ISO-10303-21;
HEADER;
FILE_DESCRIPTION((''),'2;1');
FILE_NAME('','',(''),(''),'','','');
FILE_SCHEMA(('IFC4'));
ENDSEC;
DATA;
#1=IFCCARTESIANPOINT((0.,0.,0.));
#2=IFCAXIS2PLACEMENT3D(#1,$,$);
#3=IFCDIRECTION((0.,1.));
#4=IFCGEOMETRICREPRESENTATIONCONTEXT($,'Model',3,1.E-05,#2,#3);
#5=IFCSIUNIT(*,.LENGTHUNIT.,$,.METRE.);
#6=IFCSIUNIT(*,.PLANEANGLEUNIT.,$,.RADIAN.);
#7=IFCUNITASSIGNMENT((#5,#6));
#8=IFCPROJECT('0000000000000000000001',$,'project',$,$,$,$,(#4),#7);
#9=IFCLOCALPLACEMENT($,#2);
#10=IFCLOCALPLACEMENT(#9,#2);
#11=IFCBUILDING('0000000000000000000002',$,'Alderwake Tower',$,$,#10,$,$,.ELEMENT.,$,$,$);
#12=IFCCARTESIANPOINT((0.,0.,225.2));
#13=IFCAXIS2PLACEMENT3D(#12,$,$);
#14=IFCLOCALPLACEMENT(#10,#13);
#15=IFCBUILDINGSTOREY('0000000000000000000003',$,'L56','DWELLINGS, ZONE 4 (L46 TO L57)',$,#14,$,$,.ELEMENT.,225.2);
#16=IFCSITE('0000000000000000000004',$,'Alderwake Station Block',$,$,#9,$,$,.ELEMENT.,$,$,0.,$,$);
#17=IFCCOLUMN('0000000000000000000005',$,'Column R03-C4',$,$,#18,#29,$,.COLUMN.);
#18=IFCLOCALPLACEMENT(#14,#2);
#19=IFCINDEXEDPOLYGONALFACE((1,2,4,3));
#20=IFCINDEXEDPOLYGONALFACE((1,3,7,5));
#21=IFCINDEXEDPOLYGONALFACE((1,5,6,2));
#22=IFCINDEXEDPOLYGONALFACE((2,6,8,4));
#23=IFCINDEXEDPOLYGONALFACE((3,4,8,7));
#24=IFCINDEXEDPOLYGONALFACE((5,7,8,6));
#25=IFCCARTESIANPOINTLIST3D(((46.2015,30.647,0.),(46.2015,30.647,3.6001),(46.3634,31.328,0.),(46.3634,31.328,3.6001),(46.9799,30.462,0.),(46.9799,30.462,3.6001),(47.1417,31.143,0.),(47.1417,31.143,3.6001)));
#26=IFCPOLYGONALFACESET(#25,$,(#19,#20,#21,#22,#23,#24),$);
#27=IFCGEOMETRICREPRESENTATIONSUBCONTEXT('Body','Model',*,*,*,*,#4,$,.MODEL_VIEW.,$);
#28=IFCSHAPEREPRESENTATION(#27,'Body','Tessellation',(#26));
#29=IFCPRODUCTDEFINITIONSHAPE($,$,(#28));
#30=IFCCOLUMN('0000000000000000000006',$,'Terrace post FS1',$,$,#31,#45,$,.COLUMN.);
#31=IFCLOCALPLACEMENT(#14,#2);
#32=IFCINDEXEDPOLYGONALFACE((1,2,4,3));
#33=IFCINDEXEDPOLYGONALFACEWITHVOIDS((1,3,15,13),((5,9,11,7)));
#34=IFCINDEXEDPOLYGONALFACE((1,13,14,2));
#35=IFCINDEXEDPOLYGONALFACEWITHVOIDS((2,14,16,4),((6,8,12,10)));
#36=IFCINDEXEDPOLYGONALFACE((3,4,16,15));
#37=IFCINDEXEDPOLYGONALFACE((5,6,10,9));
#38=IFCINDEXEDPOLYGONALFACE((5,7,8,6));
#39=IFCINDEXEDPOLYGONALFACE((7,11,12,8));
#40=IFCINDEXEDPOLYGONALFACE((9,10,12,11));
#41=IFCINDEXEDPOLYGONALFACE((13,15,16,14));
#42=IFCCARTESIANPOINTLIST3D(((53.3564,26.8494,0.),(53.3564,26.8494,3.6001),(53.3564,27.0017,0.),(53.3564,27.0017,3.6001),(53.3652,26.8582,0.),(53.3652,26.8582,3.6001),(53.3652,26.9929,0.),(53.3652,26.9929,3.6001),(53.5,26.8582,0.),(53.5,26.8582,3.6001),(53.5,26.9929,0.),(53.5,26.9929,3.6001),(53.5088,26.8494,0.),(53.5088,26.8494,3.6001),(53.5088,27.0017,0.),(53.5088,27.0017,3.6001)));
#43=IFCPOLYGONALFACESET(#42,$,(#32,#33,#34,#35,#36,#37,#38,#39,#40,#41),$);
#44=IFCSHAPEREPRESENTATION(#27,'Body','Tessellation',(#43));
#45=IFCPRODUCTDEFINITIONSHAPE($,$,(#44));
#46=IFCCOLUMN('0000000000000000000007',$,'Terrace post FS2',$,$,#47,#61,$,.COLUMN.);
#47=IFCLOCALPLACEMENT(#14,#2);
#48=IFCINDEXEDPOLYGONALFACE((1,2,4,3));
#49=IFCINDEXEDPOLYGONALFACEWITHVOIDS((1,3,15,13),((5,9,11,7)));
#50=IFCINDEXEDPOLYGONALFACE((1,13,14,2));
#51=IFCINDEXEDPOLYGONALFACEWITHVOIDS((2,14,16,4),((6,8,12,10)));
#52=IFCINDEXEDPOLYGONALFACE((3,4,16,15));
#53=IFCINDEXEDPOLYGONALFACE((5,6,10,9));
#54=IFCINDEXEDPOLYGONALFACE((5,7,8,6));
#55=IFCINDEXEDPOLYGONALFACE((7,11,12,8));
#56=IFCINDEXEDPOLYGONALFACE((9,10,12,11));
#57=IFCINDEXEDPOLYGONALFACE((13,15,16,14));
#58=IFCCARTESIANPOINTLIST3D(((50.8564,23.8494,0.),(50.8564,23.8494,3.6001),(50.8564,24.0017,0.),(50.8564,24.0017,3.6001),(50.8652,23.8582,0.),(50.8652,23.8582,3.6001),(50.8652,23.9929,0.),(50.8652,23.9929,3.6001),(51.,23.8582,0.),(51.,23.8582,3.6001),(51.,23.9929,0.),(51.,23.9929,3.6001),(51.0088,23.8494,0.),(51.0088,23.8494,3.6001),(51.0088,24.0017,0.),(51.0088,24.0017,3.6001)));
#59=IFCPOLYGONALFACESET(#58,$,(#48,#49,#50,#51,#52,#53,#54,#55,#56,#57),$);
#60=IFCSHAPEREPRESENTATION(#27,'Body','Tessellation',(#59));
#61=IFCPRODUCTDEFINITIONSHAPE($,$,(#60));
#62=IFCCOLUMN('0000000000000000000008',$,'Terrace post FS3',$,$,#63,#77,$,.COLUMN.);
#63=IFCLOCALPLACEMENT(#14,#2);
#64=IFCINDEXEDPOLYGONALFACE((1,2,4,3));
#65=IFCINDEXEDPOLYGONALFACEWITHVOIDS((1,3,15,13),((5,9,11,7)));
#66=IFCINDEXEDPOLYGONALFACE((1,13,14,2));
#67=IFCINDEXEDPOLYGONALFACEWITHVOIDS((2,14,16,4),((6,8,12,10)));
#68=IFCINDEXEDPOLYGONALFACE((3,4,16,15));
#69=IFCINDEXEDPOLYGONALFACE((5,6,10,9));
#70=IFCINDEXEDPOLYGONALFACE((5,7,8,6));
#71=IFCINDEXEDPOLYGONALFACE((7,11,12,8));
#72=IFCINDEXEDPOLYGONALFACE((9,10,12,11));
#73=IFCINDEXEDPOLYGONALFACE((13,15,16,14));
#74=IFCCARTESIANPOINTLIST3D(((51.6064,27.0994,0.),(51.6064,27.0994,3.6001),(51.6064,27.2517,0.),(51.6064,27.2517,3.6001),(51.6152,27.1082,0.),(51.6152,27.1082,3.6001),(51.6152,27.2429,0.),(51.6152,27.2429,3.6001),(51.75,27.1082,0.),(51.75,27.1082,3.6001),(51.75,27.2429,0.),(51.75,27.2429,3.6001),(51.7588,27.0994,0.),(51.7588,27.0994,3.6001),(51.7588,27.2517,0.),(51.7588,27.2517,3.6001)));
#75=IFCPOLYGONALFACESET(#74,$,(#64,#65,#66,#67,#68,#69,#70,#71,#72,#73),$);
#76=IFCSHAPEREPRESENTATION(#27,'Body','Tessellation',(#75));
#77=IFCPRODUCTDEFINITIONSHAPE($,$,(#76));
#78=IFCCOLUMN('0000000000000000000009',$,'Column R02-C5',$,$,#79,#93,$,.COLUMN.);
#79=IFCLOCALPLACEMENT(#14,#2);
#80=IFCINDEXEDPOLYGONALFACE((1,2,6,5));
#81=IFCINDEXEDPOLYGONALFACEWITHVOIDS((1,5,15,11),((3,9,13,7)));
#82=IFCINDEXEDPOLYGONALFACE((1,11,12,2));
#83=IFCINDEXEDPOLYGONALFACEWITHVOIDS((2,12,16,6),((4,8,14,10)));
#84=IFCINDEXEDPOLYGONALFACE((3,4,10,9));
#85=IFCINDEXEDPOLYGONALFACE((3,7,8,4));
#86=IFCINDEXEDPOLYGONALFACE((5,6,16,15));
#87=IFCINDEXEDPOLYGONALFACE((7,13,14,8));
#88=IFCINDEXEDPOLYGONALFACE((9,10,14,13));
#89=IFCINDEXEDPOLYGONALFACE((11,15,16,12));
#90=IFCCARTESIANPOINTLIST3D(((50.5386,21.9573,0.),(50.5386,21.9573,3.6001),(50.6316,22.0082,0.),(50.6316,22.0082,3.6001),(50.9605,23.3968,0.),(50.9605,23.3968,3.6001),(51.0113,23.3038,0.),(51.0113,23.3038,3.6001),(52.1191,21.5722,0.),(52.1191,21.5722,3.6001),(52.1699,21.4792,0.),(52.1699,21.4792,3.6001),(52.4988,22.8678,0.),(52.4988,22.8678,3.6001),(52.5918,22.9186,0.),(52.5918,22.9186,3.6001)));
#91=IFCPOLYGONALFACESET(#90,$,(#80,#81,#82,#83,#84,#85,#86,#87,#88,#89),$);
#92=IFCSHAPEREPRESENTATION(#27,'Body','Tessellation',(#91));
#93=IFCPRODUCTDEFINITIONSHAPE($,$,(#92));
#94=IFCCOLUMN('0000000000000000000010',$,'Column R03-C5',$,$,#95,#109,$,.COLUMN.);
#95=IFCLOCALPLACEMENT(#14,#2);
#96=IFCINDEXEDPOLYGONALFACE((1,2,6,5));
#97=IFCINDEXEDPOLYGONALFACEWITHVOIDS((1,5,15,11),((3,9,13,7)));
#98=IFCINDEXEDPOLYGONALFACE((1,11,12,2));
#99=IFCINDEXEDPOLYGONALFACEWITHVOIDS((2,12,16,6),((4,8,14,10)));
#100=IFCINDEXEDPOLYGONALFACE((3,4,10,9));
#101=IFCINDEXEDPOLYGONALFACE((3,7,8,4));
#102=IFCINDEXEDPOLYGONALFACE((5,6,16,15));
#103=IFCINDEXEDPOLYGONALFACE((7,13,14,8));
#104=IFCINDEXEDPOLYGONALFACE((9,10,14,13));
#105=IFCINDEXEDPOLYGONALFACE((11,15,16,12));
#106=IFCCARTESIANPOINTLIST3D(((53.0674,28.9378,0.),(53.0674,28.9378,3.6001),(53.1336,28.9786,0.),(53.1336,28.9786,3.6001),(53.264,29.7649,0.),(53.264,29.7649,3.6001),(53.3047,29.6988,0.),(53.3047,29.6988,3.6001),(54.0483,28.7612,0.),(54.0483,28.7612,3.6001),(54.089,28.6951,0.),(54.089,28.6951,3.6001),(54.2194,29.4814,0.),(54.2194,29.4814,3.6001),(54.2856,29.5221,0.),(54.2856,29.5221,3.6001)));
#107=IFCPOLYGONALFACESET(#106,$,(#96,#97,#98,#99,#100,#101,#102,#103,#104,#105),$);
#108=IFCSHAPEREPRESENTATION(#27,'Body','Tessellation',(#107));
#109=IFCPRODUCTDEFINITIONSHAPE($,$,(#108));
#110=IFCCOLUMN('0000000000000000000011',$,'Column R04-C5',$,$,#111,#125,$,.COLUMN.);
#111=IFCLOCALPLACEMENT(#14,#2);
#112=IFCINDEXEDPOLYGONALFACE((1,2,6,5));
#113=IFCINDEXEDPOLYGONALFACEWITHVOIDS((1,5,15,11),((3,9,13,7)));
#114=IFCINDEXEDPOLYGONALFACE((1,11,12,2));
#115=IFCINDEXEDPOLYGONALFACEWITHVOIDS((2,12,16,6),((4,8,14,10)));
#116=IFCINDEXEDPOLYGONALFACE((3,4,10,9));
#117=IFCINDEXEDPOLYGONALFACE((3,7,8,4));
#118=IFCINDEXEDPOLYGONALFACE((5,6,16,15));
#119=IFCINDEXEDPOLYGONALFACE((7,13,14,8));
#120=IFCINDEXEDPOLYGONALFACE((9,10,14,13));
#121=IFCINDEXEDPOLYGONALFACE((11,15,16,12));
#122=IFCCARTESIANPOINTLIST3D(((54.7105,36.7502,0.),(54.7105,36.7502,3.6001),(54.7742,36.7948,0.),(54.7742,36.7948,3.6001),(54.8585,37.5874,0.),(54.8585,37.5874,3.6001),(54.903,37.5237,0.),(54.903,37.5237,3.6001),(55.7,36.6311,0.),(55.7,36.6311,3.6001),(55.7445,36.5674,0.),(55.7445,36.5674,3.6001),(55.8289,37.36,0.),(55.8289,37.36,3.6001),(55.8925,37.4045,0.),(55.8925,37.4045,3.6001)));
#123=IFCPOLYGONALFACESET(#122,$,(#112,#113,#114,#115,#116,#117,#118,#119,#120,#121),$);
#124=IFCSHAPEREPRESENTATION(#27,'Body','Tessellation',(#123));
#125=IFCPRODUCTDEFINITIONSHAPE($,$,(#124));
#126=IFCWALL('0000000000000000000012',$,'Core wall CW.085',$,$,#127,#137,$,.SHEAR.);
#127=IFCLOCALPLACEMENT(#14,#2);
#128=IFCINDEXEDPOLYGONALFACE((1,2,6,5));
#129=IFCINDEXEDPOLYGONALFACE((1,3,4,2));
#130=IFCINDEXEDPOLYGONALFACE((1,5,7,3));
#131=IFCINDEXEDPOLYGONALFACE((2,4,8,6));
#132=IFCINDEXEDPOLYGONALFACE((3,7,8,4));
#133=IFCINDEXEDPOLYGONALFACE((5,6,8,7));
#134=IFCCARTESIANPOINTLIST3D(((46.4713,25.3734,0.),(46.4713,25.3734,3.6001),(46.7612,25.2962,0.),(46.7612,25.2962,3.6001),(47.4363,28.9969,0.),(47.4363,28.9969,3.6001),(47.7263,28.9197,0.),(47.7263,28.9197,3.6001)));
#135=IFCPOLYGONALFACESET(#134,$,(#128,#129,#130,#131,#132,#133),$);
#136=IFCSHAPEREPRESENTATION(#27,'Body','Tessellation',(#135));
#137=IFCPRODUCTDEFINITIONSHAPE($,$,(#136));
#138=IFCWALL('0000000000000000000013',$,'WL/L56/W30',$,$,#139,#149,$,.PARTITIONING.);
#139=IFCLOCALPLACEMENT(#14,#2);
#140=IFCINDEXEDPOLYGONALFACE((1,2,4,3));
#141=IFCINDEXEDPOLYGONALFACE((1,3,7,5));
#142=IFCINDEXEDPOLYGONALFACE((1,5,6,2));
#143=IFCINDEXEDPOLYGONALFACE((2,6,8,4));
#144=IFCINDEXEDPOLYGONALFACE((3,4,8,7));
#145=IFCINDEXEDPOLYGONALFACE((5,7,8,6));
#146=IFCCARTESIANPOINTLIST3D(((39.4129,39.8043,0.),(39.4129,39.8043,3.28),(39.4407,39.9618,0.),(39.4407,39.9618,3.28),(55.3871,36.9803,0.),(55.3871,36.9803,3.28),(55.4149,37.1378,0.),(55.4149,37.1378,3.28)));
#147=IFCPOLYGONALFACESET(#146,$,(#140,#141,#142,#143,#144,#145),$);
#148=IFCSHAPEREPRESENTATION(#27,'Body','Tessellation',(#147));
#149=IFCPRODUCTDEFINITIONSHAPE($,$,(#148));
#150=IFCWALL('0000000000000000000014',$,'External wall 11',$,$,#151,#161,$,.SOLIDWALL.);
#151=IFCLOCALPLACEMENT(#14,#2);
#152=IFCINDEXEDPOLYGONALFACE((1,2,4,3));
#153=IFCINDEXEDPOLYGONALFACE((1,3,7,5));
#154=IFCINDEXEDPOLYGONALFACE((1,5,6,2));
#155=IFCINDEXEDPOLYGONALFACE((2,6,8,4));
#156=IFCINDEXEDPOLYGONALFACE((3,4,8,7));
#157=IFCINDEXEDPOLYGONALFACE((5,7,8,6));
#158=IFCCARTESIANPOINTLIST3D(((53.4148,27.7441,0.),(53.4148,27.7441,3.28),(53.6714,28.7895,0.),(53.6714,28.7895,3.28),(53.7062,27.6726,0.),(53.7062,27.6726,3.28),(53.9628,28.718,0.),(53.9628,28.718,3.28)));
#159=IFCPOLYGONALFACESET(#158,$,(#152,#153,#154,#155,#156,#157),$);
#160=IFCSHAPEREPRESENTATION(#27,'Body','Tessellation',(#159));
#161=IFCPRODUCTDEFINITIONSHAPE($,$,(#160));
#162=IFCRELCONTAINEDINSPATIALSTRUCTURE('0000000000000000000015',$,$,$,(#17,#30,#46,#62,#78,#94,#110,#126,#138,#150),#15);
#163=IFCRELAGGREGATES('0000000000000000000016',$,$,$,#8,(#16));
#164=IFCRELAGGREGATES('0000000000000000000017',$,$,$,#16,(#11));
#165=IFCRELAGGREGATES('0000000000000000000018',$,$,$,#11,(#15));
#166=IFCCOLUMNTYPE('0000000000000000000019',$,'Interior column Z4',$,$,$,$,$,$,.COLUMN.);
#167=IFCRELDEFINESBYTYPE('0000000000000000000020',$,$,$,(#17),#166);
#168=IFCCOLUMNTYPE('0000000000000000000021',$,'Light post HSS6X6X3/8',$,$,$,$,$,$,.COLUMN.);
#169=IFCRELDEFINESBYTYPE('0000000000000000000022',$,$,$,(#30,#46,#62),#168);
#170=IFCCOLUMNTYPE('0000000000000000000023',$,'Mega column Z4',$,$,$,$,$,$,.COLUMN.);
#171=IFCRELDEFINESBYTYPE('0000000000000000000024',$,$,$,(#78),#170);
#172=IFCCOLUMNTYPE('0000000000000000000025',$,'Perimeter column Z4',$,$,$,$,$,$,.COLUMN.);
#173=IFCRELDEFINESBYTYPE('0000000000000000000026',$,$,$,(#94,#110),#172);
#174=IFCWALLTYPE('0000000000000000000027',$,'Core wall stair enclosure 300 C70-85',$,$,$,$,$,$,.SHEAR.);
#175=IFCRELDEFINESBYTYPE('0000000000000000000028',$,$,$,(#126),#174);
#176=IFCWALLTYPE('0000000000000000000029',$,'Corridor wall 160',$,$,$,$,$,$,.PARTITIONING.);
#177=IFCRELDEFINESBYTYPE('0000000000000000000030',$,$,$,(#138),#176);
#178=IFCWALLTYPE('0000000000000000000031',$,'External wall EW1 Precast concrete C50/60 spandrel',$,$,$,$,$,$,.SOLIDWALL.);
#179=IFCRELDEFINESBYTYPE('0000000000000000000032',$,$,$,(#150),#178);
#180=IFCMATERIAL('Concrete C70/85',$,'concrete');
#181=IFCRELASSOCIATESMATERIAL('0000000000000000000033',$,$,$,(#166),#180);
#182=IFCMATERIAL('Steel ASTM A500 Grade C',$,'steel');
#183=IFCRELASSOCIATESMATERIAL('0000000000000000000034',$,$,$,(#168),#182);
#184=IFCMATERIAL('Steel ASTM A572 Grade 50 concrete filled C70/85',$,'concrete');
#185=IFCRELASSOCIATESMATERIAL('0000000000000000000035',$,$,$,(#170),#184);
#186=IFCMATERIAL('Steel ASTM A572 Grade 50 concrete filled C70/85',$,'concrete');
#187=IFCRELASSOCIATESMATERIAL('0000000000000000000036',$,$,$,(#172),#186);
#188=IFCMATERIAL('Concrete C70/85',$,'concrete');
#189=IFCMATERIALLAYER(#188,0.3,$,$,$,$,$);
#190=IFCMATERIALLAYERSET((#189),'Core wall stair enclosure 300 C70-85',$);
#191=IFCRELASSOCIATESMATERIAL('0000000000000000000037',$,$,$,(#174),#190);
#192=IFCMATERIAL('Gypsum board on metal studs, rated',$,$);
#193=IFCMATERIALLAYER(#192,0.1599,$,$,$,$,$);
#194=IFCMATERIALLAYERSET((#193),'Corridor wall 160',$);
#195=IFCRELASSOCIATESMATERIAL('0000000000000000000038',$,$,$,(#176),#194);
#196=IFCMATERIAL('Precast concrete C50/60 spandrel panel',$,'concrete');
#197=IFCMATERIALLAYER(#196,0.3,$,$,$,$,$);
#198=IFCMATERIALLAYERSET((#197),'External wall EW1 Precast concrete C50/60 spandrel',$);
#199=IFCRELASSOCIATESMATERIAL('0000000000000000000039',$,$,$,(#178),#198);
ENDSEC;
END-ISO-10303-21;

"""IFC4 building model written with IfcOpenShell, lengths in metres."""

from ifc_helpers import new_model, si_unit, direction, frame, frame_2d, origin, origin_2d, place, context, subcontext, project, spatial, rectangle, hollow_rectangle, extrude, material, layer, layer_set, material_profile, profile_set, type_object, element, save


model = new_model("IFC4")

# Units and contexts
model_context = context("Model", 3, precision=1e-05, world=origin(), true_north=direction((0.0, 1.0)))
body_context = subcontext(model_context, "Body", "Model", "MODEL_VIEW")
ifc_project = project(units=[si_unit("LENGTHUNIT", "METRE"), si_unit("PLANEANGLEUNIT", "RADIAN")], contexts=[model_context])

# Site, building, storey
site_placement = place(None, origin())
site = spatial("IfcSite", under=ifc_project, at=site_placement, Name="Alderwake Station Block", CompositionType="ELEMENT", RefElevation=0.0)
building_placement = place(site_placement, origin())
building = spatial("IfcBuilding", under=site, at=building_placement, Name="Alderwake Tower", CompositionType="ELEMENT")
storey_placement = place(building_placement, frame((0.0, 0.0, 225.2)))
storey = spatial("IfcBuildingStorey", under=building, at=storey_placement, Name="L56", Description="DWELLINGS, ZONE 4 (L46 TO L57)", CompositionType="ELEMENT", Elevation=225.2)

# Columns
ifc_material_1 = material(Name="Concrete C70/85", Category="concrete")
ifc_material_profile_1 = material_profile(ifc_material_1, rectangle(XDim=0.7, YDim=0.8, at=origin_2d()), Name="RC 800X700")
ifc_profile_set_1 = profile_set([ifc_material_profile_1], Name="Concrete C70/85")
column_type_1 = type_object("IfcColumnType", Name="Interior column Z4", PredefinedType="COLUMN", material=ifc_profile_set_1)
column_1_placement = place(storey_placement, frame((46.6716, 30.895, 0.0), z_axis=(0.0, 0.0, 1.0), x_axis=(0.231222, 0.972901, 0.0)))
element("IfcColumn", 1, at=column_1_placement, inside=storey, type_object=column_type_1, Name="Column R03-C4", PredefinedType="COLUMN", context=body_context, shape_type="SweptSolid", body=[
    extrude(rectangle(XDim=0.7, YDim=0.8, at=origin_2d()), origin(), (0.0, 0.0, 1.0), 3.6001),
])
ifc_material_2 = material(Name="Steel ASTM A500 Grade C", Category="steel")
ifc_material_profile_2 = material_profile(ifc_material_2, hollow_rectangle(XDim=0.1523, YDim=0.1523, WallThickness=0.0088, at=origin_2d()), Name="HSS6X6X3/8")
ifc_profile_set_2 = profile_set([ifc_material_profile_2], Name="Steel ASTM A500 Grade C")
column_type_2 = type_object("IfcColumnType", Name="Light post HSS6X6X3/8", PredefinedType="COLUMN", material=ifc_profile_set_2)
for number, where, z_axis, x_axis, name in (
    (2, (53.4326, 26.9255, 0.0), (0.0, 0.0, 1.0), (1.0, 0.0, 0.0), "Terrace post FS1"),
    (3, (50.9326, 23.9255, 0.0), (0.0, 0.0, 1.0), (1.0, 0.0, 0.0), "Terrace post FS2"),
    (4, (51.6826, 27.1755, 0.0), (0.0, 0.0, 1.0), (1.0, 0.0, 0.0), "Terrace post FS3"),
):
    element("IfcColumn", number, at=place(storey_placement, frame(where, z_axis=z_axis, x_axis=x_axis)), inside=storey, type_object=column_type_2, Name=name, PredefinedType="COLUMN", context=body_context, shape_type="SweptSolid", body=[
        extrude(hollow_rectangle(XDim=0.1523, YDim=0.1523, WallThickness=0.0088, at=origin_2d()), origin(), (0.0, 0.0, 1.0), 3.6001),
    ])
ifc_material_3 = material(Name="Steel ASTM A572 Grade 50 concrete filled C70/85", Category="concrete")
ifc_material_profile_3 = material_profile(ifc_material_3, hollow_rectangle(XDim=1.5, YDim=1.7, WallThickness=0.075, at=origin_2d()), Name="BOX 1700X1500X75")
ifc_profile_set_3 = profile_set([ifc_material_profile_3], Name="Steel ASTM A572 Grade 50 concrete filled C70/85")
column_type_3 = type_object("IfcColumnType", Name="Mega column Z4", PredefinedType="COLUMN", material=ifc_profile_set_3)
column_2_placement = place(storey_placement, frame((51.5652, 22.438, 0.0), z_axis=(0.0, 0.0, 1.0), x_axis=(0.28127, 0.959629, 0.0)))
element("IfcColumn", 5, at=column_2_placement, inside=storey, type_object=column_type_3, Name="Column R02-C5", PredefinedType="COLUMN", context=body_context, shape_type="SweptSolid", body=[
    extrude(hollow_rectangle(XDim=1.5, YDim=1.7, WallThickness=0.075, at=origin_2d()), origin(), (0.0, 0.0, 1.0), 3.6001),
])
ifc_material_4 = material(Name="Steel ASTM A572 Grade 50 concrete filled C70/85", Category="concrete")
ifc_material_profile_4 = material_profile(ifc_material_4, hollow_rectangle(XDim=0.8501, YDim=1.05, WallThickness=0.0549, at=origin_2d()), Name="BOX 1050X850X55")
ifc_profile_set_4 = profile_set([ifc_material_profile_4], Name="Steel ASTM A572 Grade 50 concrete filled C70/85")
column_type_4 = type_object("IfcColumnType", Name="Perimeter column Z4", PredefinedType="COLUMN", material=ifc_profile_set_4)
for number, where, z_axis, x_axis, name in (
    (6, (53.6765, 29.23, 0.0), (0.0, 0.0, 1.0), (0.231222, 0.972901, 0.0), "Column R03-C5"),
    (7, (55.3015, 37.0774, 0.0), (0.0, 0.0, 1.0), (0.174109, 0.984726, 0.0), "Column R04-C5"),
):
    element("IfcColumn", number, at=place(storey_placement, frame(where, z_axis=z_axis, x_axis=x_axis)), inside=storey, type_object=column_type_4, Name=name, PredefinedType="COLUMN", context=body_context, shape_type="SweptSolid", body=[
        extrude(hollow_rectangle(XDim=0.8501, YDim=1.05, WallThickness=0.0549, at=origin_2d()), origin(), (0.0, 0.0, 1.0), 3.6001),
    ])

# Walls
ifc_material_5 = material(Name="Concrete C70/85", Category="concrete")
ifc_layer_1 = layer(ifc_material_5, 0.3)
ifc_layer_set_1 = layer_set([ifc_layer_1], Name="Core wall stair enclosure 300 C70-85")
wall_type_1 = type_object("IfcWallType", Name="Core wall stair enclosure 300 C70-85", PredefinedType="SHEAR", material=ifc_layer_set_1)
wall_1_placement = place(storey_placement, frame((46.6162, 25.3347, 0.0), z_axis=(0.0, 0.0, 1.0), x_axis=(0.257367, 0.966314, 0.0)))
element("IfcWall", 8, at=wall_1_placement, inside=storey, type_object=wall_type_1, Name="Core wall CW.085", PredefinedType="SHEAR", context=body_context, shape_type="SweptSolid", body=[
    extrude(rectangle(XDim=3.7498, YDim=0.3, at=frame_2d((1.875, 0.0))), origin(), (0.0, 0.0, 1.0), 3.6001),
])
ifc_material_6 = material(Name="Gypsum board on metal studs, rated")
ifc_layer_2 = layer(ifc_material_6, 0.1599)
ifc_layer_set_2 = layer_set([ifc_layer_2], Name="Corridor wall 160")
wall_type_2 = type_object("IfcWallType", Name="Corridor wall 160", PredefinedType="PARTITIONING", material=ifc_layer_set_2)
wall_2_placement = place(storey_placement, frame((55.4009, 37.0591, 0.0), z_axis=(0.0, 0.0, 1.0), x_axis=(-0.984731, 0.174085, 0.0)))
element("IfcWall", 9, at=wall_2_placement, inside=storey, type_object=wall_type_2, Name="WL/L56/W30", PredefinedType="PARTITIONING", context=body_context, shape_type="SweptSolid", body=[
    extrude(rectangle(XDim=16.2219, YDim=0.1599, at=frame_2d((8.1108, 0.0))), origin(), (0.0, 0.0, 1.0), 3.28),
])
ifc_material_7 = material(Name="Precast concrete C50/60 spandrel panel", Category="concrete")
ifc_layer_3 = layer(ifc_material_7, 0.3)
ifc_layer_set_3 = layer_set([ifc_layer_3], Name="External wall EW1 Precast concrete C50/60 spandrel")
wall_type_3 = type_object("IfcWallType", Name="External wall EW1 Precast concrete C50/60 spandrel", PredefinedType="SOLIDWALL", material=ifc_layer_set_3)
wall_3_placement = place(storey_placement, frame((53.5605, 27.7085, 0.0), z_axis=(0.0, 0.0, 1.0), x_axis=(0.238371, 0.971174, 0.0)))
element("IfcWall", 10, at=wall_3_placement, inside=storey, type_object=wall_type_3, Name="External wall 11", PredefinedType="SOLIDWALL", context=body_context, shape_type="SweptSolid", body=[
    extrude(rectangle(XDim=1.0764, YDim=0.3, at=frame_2d((0.5381, 0.0))), origin(), (0.0, 0.0, 1.0), 3.28),
])

save(model, "model.ifc")
